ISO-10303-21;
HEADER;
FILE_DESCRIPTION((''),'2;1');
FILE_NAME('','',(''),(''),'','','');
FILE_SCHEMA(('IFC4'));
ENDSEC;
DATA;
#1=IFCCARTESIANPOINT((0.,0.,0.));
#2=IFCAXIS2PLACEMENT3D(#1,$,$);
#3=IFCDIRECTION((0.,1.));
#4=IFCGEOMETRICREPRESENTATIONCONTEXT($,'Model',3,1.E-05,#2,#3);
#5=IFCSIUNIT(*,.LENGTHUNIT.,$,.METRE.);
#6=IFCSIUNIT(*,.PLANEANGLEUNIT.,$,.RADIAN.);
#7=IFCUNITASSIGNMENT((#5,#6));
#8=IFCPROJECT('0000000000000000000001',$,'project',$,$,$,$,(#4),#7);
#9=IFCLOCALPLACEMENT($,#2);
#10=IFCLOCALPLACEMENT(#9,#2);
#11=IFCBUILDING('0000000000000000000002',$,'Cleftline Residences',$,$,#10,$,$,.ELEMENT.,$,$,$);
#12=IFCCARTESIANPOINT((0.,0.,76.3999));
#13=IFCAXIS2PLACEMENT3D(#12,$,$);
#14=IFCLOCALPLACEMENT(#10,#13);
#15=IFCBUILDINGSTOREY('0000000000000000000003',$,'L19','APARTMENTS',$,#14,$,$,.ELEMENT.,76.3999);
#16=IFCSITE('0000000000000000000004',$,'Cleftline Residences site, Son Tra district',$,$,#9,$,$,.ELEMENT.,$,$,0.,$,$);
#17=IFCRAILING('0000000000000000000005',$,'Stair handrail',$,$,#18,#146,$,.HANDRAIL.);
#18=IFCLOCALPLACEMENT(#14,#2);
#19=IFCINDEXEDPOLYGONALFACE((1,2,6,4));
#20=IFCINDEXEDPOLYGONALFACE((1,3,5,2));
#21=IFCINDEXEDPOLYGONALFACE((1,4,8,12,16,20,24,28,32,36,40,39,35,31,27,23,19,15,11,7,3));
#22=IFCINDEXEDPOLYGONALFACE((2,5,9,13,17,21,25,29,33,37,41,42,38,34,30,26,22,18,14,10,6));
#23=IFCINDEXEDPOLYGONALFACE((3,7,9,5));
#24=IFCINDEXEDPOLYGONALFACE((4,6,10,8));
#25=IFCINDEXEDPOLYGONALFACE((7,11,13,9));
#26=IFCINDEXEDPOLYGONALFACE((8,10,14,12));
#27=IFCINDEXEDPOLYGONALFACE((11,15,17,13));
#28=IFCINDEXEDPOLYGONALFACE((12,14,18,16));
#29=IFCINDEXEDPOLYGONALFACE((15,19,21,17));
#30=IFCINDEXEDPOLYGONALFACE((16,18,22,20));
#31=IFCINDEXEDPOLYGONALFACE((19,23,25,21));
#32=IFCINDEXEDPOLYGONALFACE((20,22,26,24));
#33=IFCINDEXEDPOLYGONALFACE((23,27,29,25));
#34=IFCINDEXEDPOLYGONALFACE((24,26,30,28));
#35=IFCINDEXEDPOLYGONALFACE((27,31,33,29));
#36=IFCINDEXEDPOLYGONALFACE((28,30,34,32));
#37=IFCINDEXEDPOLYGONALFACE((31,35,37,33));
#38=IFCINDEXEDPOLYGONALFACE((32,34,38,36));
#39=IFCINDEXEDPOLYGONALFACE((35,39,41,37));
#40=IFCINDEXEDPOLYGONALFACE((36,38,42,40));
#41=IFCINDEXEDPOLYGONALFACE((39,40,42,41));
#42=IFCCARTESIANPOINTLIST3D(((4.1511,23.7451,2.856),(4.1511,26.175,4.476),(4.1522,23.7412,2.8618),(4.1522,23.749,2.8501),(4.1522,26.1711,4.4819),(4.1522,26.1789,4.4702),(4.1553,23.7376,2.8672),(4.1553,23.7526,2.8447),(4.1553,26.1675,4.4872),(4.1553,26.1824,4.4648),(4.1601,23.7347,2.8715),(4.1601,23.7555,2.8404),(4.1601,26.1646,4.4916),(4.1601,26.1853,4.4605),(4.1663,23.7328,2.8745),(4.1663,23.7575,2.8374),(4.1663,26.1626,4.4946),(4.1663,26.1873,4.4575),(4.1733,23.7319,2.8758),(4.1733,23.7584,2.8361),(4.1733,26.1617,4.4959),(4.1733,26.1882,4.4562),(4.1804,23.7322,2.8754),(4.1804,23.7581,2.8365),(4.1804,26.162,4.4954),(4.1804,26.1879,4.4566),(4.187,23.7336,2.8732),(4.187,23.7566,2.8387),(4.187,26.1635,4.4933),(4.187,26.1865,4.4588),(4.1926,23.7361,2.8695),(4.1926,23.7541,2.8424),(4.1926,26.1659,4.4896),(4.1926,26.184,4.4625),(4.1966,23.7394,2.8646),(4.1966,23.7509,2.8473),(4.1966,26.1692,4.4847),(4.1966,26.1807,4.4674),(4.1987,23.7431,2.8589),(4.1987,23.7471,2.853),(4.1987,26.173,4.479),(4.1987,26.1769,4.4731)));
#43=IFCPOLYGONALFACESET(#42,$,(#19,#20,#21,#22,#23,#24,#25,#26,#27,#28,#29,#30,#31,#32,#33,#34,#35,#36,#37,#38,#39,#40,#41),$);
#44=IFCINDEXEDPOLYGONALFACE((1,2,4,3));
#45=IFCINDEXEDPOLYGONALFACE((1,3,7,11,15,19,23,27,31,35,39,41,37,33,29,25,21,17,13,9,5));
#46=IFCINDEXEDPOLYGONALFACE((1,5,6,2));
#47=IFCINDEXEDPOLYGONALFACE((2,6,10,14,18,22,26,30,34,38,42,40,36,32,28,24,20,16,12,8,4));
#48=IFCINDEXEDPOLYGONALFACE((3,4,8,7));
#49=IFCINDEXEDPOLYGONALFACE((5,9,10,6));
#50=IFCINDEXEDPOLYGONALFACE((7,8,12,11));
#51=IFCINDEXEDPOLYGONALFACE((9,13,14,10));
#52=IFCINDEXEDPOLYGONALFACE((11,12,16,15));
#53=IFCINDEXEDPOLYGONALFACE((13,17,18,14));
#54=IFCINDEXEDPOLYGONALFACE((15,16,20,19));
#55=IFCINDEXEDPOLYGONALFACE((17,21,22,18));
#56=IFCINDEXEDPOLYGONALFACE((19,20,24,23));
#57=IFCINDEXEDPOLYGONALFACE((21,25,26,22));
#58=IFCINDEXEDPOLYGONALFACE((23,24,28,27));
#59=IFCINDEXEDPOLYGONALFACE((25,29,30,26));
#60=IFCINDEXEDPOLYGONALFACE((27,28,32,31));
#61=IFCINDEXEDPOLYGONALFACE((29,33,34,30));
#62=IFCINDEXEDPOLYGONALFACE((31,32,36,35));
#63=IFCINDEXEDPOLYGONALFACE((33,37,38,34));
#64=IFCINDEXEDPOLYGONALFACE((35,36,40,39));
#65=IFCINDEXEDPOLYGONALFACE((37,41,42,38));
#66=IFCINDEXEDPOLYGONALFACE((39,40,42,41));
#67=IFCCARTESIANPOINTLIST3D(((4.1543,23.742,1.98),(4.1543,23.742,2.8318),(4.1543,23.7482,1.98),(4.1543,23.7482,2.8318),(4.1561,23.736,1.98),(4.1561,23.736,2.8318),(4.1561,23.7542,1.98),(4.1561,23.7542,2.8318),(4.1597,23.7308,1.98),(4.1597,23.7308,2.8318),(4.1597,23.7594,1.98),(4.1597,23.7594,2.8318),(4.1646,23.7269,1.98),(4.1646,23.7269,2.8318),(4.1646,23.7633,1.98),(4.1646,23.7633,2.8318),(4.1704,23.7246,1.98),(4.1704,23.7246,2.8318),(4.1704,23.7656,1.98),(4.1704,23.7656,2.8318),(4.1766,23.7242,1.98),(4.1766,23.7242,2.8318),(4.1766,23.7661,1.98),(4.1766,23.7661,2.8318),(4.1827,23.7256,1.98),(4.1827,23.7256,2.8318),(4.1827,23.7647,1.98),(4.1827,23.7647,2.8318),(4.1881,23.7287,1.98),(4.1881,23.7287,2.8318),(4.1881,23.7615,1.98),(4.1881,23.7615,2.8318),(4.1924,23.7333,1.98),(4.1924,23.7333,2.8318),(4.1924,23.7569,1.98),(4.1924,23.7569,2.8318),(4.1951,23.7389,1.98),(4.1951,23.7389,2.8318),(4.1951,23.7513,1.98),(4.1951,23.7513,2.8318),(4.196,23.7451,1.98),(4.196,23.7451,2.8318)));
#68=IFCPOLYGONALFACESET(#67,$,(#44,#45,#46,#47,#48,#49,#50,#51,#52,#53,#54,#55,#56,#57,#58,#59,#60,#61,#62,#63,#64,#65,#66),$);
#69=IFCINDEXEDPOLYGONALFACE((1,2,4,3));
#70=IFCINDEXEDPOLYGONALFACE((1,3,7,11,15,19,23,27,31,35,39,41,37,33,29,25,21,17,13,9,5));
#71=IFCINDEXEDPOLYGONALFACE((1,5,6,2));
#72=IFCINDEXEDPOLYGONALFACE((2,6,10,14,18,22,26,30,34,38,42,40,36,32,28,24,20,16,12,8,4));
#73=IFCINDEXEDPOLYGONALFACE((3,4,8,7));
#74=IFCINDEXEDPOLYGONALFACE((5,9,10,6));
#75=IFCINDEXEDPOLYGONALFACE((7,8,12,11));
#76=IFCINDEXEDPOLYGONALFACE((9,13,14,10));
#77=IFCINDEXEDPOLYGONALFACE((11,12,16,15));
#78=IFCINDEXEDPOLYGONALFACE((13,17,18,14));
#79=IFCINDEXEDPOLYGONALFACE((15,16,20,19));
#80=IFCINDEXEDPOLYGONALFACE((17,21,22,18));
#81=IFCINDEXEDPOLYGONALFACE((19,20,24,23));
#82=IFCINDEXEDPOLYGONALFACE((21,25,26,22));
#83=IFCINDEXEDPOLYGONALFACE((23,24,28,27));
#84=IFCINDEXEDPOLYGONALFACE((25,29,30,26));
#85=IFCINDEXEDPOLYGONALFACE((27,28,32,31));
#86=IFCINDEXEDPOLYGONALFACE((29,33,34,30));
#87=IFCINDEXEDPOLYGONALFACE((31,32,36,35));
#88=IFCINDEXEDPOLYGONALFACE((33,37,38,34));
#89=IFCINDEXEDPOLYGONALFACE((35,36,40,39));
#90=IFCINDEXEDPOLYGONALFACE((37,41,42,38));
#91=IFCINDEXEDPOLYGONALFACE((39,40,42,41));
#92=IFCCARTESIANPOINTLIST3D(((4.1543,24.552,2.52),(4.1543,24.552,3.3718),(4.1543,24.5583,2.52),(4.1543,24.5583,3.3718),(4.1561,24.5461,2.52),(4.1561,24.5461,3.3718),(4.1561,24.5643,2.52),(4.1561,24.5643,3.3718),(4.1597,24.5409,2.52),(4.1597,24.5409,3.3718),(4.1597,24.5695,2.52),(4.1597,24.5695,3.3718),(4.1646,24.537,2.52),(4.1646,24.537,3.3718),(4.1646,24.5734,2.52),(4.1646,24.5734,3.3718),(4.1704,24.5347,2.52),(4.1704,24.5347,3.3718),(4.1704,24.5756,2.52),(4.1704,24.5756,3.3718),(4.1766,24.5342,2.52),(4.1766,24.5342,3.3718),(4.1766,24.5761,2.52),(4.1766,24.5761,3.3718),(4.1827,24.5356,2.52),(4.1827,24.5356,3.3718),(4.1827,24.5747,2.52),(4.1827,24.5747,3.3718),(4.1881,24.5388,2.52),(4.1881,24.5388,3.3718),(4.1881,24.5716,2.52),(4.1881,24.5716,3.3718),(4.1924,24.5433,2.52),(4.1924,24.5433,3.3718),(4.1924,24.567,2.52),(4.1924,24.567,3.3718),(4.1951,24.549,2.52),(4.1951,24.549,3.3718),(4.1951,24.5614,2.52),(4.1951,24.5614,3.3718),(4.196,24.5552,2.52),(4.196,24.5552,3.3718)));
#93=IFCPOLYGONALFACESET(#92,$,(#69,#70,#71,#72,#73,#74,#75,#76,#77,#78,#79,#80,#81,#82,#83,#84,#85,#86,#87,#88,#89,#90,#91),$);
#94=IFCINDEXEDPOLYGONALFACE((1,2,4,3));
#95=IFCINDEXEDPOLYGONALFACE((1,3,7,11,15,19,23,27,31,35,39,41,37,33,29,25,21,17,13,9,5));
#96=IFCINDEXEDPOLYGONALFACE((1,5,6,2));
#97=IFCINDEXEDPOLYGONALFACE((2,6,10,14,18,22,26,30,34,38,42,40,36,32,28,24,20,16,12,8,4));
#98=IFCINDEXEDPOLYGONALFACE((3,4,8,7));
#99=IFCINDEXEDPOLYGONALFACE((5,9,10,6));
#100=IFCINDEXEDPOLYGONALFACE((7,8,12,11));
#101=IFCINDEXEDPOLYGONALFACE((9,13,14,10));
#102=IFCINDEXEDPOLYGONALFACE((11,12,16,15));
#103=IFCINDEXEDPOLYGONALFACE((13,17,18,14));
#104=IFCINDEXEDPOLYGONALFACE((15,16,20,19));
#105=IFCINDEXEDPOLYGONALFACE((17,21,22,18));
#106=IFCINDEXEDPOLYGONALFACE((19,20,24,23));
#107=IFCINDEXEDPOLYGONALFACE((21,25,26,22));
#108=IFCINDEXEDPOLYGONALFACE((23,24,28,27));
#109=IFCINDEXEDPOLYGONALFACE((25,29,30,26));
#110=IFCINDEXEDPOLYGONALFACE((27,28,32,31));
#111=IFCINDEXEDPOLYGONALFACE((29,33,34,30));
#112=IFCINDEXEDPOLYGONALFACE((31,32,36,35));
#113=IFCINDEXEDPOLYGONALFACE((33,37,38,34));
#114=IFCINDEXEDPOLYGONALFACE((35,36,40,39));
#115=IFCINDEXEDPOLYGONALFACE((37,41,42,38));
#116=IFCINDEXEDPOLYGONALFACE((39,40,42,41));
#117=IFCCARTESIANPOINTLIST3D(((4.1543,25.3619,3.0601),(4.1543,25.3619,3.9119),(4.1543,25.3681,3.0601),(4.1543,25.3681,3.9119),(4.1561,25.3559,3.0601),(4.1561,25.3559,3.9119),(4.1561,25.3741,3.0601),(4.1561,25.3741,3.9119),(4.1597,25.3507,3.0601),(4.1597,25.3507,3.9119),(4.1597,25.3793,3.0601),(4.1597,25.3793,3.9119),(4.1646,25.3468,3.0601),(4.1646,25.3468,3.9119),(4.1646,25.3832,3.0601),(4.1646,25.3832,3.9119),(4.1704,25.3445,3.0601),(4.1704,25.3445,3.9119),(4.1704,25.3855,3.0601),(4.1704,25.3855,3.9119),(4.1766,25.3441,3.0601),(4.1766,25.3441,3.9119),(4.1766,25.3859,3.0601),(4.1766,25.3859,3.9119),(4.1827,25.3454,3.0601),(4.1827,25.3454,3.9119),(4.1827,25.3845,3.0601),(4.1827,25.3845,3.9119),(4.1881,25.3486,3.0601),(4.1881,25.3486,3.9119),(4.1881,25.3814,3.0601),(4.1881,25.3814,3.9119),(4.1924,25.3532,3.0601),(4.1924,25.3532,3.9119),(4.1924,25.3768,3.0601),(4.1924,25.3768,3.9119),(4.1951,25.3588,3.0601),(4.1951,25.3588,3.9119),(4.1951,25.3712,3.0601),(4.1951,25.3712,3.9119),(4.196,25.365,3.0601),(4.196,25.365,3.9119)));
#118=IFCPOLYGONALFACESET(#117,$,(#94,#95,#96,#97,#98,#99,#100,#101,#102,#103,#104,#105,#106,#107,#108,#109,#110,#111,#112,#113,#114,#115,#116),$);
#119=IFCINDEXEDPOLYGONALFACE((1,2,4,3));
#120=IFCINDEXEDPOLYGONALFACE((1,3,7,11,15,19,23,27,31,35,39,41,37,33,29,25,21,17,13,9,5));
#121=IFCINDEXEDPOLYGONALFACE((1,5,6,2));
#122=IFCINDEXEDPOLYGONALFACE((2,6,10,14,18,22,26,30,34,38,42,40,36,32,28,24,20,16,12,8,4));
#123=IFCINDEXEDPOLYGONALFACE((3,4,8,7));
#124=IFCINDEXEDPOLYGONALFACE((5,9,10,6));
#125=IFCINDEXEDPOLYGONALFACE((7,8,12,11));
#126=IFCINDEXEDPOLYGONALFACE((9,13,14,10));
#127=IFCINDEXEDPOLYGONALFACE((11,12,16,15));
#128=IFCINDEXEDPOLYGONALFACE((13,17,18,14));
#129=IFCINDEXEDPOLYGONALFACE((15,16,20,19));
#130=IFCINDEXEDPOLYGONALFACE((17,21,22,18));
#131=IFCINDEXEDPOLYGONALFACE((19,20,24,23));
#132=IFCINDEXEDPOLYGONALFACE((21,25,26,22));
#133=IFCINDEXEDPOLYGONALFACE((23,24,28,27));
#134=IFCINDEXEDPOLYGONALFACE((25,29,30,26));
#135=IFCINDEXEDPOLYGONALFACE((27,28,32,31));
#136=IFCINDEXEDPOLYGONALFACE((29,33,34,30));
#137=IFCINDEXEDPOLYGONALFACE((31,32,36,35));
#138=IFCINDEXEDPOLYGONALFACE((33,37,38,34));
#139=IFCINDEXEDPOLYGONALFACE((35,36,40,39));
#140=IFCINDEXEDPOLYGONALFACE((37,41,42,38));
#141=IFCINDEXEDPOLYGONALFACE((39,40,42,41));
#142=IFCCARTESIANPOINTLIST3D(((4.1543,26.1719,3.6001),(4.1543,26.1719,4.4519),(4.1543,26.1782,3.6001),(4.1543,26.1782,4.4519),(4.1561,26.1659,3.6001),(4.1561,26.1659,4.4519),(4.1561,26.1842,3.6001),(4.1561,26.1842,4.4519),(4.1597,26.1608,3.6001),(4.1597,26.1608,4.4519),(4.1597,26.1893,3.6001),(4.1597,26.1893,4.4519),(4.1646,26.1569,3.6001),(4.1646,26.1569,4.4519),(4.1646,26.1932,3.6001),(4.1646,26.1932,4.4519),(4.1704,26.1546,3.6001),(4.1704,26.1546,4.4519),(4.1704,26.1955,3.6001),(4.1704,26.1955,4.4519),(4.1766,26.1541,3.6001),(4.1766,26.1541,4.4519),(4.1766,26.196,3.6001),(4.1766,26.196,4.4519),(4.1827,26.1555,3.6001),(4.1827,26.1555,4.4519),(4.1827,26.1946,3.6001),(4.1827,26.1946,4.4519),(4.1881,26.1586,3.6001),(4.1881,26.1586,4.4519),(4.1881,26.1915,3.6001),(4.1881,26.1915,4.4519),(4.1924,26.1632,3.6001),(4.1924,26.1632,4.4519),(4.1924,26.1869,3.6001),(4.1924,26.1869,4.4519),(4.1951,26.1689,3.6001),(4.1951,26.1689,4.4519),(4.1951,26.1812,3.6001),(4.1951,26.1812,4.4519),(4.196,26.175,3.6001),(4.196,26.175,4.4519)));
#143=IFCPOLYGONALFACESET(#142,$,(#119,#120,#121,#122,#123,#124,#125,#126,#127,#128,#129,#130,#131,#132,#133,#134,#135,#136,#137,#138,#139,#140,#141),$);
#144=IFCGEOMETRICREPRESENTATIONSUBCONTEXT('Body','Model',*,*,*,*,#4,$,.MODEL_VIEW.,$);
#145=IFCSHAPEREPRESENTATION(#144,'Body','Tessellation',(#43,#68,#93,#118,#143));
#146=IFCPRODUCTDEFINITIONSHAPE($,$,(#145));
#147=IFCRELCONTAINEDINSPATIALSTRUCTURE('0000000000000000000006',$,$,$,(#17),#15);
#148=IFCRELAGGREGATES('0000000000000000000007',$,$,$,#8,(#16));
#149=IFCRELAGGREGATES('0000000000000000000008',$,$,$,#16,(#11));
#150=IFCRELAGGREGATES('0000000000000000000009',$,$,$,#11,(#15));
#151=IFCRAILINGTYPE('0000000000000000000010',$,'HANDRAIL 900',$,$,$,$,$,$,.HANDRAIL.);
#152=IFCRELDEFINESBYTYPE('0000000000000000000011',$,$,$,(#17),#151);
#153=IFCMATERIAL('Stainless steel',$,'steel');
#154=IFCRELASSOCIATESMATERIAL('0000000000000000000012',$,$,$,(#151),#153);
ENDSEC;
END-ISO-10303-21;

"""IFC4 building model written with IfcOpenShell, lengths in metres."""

from ifc_helpers import new_model, si_unit, direction, frame, origin, origin_2d, place, context, subcontext, project, spatial, circle, extrude, material, type_object, element, save


model = new_model("IFC4")

# Units and contexts
model_context = context("Model", 3, precision=1e-05, world=origin(), true_north=direction((0.0, 1.0)))
body_context = subcontext(model_context, "Body", "Model", "MODEL_VIEW")
ifc_project = project(units=[si_unit("LENGTHUNIT", "METRE"), si_unit("PLANEANGLEUNIT", "RADIAN")], contexts=[model_context])

# Site, building, storey
site_placement = place(None, origin())
site = spatial("IfcSite", under=ifc_project, at=site_placement, Name="Cleftline Residences site, Son Tra district", CompositionType="ELEMENT", RefElevation=0.0)
building_placement = place(site_placement, origin())
building = spatial("IfcBuilding", under=site, at=building_placement, Name="Cleftline Residences", CompositionType="ELEMENT")
storey_placement = place(building_placement, frame((0.0, 0.0, 76.3999)))
storey = spatial("IfcBuildingStorey", under=building, at=storey_placement, Name="L19", Description="APARTMENTS", CompositionType="ELEMENT", Elevation=76.3999)

# Railing
ifc_material_1 = material(Name="Stainless steel", Category="steel")
railing_type = type_object("IfcRailingType", Name="HANDRAIL 900", PredefinedType="HANDRAIL", material=ifc_material_1)
railing_1_placement = place(storey_placement, frame((4.175, 23.7451, 1.98)))
element("IfcRailing", 1, at=railing_1_placement, inside=storey, type_object=railing_type, Name="Stair handrail", PredefinedType="HANDRAIL", context=body_context, shape_type="SweptSolid", body=[
    extrude(circle(Radius=0.0239, at=origin_2d()), frame((0.0, 0.0, 0.876), z_axis=(0.0, 0.832025, 0.554739), x_axis=(-1.0, 0.0, 0.0)), (0.0, 0.0, 1.0), 2.9204),
    extrude(circle(Radius=0.021, at=origin_2d()), origin(), (0.0, 0.0, 1.0), 0.8518),
    extrude(circle(Radius=0.021, at=origin_2d()), frame((0.0, 0.8101, 0.54)), (0.0, 0.0, 1.0), 0.8518),
    extrude(circle(Radius=0.021, at=origin_2d()), frame((0.0, 1.6199, 1.0801)), (0.0, 0.0, 1.0), 0.8518),
    extrude(circle(Radius=0.021, at=origin_2d()), frame((0.0, 2.4299, 1.6201)), (0.0, 0.0, 1.0), 0.8518),
])

save(model, "model.ifc")
